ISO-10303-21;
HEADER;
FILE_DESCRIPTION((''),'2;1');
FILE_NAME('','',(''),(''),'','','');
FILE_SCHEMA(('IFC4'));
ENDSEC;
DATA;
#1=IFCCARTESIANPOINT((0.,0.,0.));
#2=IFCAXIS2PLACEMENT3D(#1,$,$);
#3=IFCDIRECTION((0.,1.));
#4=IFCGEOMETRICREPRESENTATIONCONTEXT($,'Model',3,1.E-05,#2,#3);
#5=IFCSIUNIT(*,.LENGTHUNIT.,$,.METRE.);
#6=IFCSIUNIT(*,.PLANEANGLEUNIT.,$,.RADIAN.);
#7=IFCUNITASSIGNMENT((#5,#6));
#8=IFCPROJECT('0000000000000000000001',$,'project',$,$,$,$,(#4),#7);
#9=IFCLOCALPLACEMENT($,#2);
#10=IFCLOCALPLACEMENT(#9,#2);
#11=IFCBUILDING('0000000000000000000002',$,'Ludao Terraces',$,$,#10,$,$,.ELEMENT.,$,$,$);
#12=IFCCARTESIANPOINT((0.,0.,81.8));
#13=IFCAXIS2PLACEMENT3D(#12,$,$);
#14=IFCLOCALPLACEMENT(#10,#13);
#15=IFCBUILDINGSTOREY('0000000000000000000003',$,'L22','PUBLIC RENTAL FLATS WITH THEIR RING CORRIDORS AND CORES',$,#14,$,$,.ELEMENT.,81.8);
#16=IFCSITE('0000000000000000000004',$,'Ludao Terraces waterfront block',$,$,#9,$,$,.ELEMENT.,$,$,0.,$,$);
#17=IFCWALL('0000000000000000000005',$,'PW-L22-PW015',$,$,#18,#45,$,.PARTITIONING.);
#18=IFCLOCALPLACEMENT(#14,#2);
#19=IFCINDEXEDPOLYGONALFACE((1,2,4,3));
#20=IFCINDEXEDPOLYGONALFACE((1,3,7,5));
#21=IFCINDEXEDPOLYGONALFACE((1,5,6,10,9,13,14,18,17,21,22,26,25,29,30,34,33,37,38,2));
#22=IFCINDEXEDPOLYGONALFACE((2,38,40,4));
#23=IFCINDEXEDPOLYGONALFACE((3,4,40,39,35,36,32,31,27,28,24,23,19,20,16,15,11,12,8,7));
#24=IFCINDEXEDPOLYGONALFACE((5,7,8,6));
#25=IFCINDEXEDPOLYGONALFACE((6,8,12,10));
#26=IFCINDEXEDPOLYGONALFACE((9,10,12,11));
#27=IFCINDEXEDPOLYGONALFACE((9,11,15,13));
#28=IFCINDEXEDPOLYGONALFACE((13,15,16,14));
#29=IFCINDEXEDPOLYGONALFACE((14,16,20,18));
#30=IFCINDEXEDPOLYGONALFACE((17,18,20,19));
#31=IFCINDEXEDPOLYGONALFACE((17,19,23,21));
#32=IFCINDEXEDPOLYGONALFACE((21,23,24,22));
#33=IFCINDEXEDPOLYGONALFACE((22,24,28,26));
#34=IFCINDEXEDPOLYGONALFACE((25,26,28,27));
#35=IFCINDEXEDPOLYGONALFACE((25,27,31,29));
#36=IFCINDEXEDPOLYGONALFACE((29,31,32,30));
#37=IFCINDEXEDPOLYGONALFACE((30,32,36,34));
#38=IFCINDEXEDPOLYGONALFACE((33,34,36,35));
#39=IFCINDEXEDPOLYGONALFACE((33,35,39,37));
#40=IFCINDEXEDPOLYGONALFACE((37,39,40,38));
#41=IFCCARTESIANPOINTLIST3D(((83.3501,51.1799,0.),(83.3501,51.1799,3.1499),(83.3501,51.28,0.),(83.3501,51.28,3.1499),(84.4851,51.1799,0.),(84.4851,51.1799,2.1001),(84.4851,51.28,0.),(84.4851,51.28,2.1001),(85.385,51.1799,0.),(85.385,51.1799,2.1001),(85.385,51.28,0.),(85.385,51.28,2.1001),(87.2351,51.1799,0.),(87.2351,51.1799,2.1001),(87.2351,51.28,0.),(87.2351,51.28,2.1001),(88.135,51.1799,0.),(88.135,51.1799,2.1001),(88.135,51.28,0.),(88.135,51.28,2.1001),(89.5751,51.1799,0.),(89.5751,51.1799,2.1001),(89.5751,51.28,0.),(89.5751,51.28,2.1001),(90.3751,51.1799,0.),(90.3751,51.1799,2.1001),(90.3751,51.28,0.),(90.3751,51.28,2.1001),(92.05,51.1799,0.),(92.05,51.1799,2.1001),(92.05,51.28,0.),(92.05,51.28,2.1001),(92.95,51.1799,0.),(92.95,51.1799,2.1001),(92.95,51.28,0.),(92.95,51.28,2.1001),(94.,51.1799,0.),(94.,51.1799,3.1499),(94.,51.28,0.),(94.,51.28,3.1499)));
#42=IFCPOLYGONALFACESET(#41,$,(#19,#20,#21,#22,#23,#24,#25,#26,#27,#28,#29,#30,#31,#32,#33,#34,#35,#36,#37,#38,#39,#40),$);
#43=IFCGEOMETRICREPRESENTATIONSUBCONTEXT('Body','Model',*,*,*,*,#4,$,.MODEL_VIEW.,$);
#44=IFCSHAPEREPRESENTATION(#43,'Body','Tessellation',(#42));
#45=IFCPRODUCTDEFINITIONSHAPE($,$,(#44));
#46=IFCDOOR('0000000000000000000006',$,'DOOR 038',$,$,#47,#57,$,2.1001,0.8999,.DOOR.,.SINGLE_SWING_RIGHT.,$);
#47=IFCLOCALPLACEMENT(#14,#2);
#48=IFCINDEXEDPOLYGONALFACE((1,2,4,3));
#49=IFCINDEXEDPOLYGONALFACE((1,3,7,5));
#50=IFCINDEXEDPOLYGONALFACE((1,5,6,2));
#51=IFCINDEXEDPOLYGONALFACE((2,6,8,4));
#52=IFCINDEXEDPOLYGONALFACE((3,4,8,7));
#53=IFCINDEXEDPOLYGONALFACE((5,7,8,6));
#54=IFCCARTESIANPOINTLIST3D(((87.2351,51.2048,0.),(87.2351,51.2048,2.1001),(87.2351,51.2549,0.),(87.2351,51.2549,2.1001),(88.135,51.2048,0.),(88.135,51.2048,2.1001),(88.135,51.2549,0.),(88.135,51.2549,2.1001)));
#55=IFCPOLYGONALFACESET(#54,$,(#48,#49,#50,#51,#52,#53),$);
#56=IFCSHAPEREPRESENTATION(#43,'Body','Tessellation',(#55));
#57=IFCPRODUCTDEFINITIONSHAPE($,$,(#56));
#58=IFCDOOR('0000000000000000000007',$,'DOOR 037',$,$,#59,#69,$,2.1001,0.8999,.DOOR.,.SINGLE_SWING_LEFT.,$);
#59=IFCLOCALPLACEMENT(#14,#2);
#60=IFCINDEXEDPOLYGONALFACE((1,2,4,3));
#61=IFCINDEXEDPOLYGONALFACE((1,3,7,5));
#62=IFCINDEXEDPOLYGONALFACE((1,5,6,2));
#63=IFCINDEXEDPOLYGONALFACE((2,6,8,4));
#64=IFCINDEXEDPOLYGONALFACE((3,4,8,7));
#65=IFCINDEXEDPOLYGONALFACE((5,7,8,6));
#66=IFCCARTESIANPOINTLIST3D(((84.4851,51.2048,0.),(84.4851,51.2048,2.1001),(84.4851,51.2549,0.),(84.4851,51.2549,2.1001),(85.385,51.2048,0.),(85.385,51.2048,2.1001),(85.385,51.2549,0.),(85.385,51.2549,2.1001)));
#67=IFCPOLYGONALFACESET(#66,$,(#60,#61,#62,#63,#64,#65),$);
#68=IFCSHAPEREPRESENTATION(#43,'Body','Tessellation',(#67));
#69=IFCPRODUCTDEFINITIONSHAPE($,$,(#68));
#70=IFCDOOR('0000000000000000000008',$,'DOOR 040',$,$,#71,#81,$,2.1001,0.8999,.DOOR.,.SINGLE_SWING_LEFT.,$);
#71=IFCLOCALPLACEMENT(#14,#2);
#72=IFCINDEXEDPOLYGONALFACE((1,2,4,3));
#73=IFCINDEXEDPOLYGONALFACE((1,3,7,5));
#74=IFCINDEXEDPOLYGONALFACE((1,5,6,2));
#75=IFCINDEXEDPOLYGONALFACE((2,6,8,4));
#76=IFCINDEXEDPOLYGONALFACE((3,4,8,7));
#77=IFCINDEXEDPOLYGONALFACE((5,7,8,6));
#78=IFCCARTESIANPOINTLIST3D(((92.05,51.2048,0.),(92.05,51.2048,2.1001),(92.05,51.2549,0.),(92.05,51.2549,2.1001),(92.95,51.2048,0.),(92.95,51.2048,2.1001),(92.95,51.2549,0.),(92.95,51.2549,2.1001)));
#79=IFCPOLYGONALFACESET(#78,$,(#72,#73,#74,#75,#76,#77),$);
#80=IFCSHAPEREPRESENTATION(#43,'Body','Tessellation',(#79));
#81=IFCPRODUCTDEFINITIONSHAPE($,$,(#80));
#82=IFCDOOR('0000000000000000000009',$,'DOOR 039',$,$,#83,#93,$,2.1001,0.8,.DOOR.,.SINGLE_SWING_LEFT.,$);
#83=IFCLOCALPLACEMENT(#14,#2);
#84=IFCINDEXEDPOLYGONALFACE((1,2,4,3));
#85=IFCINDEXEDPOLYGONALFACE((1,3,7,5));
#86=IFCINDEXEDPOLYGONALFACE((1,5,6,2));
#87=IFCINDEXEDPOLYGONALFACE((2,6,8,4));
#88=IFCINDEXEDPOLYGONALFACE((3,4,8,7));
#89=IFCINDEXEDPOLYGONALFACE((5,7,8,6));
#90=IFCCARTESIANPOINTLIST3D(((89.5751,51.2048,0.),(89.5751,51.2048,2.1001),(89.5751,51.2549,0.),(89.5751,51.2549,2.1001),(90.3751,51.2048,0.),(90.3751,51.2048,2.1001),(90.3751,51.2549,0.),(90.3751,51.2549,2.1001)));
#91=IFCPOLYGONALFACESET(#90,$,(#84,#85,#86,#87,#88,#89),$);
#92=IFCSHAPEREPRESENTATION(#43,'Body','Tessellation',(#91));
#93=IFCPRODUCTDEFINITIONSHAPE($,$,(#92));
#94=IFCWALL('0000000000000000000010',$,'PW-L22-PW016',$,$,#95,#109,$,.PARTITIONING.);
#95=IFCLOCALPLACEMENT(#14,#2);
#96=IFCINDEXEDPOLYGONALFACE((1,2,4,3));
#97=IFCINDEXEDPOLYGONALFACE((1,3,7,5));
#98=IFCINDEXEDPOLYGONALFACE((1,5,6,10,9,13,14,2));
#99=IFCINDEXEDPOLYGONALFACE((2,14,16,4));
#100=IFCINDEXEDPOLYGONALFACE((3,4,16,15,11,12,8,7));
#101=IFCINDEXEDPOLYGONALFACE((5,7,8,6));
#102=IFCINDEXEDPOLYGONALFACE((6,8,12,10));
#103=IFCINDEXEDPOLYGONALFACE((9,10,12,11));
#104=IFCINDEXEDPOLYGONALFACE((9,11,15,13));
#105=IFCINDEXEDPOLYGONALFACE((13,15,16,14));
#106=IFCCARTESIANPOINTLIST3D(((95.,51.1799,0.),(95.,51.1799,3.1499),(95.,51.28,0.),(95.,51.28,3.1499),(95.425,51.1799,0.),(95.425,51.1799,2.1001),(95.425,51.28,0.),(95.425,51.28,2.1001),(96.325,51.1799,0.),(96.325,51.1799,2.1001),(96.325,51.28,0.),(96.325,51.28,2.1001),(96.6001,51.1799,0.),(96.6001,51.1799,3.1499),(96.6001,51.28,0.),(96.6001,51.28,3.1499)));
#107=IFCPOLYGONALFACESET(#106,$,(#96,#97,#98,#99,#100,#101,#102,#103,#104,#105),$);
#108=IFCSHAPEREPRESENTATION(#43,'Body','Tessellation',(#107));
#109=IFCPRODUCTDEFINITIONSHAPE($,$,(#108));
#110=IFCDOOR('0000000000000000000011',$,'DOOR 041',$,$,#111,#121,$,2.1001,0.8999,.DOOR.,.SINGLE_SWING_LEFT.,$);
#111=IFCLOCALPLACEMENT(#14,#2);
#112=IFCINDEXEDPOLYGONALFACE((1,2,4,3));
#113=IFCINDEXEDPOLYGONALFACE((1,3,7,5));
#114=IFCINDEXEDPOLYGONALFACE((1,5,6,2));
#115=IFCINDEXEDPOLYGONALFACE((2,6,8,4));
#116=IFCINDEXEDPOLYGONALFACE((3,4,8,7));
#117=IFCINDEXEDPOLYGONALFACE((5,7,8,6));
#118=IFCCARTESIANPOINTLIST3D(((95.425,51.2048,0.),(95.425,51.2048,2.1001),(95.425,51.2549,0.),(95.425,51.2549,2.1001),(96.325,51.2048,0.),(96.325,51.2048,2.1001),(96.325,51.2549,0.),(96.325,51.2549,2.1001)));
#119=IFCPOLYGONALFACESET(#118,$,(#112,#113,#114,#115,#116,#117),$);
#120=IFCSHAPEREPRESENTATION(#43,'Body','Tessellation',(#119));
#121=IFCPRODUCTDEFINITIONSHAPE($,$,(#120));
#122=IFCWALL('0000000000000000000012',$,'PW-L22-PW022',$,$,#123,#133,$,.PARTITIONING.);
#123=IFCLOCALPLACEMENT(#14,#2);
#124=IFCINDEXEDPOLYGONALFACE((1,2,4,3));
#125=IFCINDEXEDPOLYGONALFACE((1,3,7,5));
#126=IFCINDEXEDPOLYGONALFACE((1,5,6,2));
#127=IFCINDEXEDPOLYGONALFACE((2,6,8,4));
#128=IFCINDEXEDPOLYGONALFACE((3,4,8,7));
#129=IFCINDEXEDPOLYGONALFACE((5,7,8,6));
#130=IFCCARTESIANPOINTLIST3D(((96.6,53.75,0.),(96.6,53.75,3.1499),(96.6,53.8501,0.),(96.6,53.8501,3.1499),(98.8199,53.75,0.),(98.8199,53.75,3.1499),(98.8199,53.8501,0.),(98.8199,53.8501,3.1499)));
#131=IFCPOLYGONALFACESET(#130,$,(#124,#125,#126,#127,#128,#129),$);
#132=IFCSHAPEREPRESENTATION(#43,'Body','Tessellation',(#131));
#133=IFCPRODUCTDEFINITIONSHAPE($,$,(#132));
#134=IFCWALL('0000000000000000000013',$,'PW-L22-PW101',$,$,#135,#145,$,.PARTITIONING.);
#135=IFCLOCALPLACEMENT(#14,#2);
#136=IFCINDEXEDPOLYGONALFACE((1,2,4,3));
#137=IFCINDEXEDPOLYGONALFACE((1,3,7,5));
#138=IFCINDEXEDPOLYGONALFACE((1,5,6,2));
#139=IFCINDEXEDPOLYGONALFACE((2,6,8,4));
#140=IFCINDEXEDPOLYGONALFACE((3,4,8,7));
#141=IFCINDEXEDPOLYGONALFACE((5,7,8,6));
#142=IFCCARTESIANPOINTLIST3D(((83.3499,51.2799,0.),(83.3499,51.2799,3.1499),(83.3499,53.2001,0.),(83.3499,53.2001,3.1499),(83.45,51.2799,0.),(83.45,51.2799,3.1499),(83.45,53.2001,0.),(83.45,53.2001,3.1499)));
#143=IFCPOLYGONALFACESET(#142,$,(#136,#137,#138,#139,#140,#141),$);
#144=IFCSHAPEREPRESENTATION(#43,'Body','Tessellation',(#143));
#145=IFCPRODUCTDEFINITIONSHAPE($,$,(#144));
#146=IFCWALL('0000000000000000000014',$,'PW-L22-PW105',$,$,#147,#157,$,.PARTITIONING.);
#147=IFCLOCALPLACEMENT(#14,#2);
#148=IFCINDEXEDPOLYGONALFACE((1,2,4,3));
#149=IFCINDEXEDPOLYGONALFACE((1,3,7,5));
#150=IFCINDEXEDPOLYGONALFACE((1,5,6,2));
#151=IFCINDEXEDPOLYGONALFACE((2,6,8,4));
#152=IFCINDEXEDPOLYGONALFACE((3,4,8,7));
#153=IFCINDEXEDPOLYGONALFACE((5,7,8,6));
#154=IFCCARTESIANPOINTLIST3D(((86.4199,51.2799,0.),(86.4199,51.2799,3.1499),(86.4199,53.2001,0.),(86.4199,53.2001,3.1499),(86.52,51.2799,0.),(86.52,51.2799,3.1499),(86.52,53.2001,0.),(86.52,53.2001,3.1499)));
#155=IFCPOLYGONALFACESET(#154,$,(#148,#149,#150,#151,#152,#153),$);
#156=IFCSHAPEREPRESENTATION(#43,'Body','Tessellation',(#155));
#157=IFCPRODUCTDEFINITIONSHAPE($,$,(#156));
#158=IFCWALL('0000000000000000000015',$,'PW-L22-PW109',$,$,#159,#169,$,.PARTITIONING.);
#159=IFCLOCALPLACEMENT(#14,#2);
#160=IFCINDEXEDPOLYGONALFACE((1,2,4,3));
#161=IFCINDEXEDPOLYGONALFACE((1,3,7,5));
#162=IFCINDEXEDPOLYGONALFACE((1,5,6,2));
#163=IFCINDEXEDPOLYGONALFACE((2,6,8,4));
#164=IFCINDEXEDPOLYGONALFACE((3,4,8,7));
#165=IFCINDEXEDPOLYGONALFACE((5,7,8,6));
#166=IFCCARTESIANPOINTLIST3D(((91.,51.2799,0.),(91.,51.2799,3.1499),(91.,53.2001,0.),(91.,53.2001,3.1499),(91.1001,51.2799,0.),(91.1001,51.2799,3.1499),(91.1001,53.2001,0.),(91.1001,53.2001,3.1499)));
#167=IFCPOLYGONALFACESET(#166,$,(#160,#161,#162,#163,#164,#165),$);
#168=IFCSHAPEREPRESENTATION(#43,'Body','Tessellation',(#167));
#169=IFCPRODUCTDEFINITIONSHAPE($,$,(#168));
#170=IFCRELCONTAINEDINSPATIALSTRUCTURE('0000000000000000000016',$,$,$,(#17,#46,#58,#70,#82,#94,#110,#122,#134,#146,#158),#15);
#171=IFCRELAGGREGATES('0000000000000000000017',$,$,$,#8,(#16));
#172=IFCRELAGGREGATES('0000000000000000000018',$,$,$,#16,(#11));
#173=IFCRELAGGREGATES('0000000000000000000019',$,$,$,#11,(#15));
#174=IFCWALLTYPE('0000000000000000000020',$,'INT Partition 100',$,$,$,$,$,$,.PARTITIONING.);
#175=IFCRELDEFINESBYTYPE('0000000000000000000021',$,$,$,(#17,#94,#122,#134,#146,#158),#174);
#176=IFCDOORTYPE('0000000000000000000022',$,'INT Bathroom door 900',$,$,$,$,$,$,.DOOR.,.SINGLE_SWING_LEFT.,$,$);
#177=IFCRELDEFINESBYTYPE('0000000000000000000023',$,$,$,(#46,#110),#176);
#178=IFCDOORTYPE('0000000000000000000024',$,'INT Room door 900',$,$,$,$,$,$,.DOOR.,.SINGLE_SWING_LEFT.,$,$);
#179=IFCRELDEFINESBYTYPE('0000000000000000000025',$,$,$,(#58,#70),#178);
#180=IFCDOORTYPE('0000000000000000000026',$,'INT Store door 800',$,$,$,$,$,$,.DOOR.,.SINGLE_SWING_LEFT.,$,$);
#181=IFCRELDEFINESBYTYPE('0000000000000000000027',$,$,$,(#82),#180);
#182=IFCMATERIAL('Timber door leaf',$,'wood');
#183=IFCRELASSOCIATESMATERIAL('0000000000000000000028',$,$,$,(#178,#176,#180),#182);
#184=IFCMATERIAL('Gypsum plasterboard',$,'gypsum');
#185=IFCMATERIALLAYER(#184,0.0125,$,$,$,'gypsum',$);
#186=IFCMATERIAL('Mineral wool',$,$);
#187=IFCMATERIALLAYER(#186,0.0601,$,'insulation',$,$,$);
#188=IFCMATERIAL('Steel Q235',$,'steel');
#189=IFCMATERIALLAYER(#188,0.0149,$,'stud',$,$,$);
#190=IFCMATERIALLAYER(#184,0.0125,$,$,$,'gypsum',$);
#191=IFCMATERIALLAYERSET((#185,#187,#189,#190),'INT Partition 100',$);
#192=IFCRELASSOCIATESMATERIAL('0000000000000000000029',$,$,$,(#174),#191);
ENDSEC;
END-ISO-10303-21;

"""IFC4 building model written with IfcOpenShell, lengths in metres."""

from ifc_helpers import new_model, si_unit, direction, frame, frame_2d, origin, place, context, subcontext, project, spatial, rectangle, extrude, material, layer, layer_set, type_object, element, fill, save


model = new_model("IFC4")

# Units and contexts
model_context = context("Model", 3, precision=1e-05, world=origin(), true_north=direction((0.0, 1.0)))
body_context = subcontext(model_context, "Body", "Model", "MODEL_VIEW")
ifc_project = project(units=[si_unit("LENGTHUNIT", "METRE"), si_unit("PLANEANGLEUNIT", "RADIAN")], contexts=[model_context])

# Site, building, storey
site_placement = place(None, origin())
site = spatial("IfcSite", under=ifc_project, at=site_placement, Name="Ludao Terraces waterfront block", CompositionType="ELEMENT", RefElevation=0.0)
building_placement = place(site_placement, origin())
building = spatial("IfcBuilding", under=site, at=building_placement, Name="Ludao Terraces", CompositionType="ELEMENT")
storey_placement = place(building_placement, frame((0.0, 0.0, 81.8)))
storey = spatial("IfcBuildingStorey", under=building, at=storey_placement, Name="L22", Description="PUBLIC RENTAL FLATS WITH THEIR RING CORRIDORS AND CORES", CompositionType="ELEMENT", Elevation=81.8)

# Shared definitions
ifc_material_1 = material(Name="Steel Q235", Category="steel")
ifc_material_2 = material(Name="Mineral wool")
ifc_material_3 = material(Name="Timber door leaf", Category="wood")
door_type_1 = type_object("IfcDoorType", Name="INT Room door 900", OperationType="SINGLE_SWING_LEFT", PredefinedType="DOOR", material=ifc_material_3)

# Shared definitions
ifc_material_4 = material(Name="Gypsum plasterboard", Category="gypsum")
ifc_layer_1 = layer(ifc_material_4, 0.0125, Category="gypsum")
ifc_layer_2 = layer(ifc_material_2, 0.0601, Name="insulation")
ifc_layer_3 = layer(ifc_material_1, 0.0149, Name="stud")
ifc_layer_4 = layer(ifc_material_4, 0.0125, Category="gypsum")
ifc_layer_set_1 = layer_set([ifc_layer_1, ifc_layer_2, ifc_layer_3, ifc_layer_4], Name="INT Partition 100")
wall_type_1 = type_object("IfcWallType", Name="INT Partition 100", PredefinedType="PARTITIONING", material=ifc_layer_set_1)

# Wall, openings, doors
wall_1_placement = place(storey_placement, frame((83.3501, 51.23, 0.0), z_axis=(0.0, 0.0, 1.0), x_axis=(1.0, 0.0, 0.0)))
wall_1 = element("IfcWall", 1, at=wall_1_placement, inside=storey, type_object=wall_type_1, Name="PW-L22-PW015", PredefinedType="PARTITIONING", context=body_context, shape_type="SweptSolid", body=[
    extrude(rectangle(XDim=10.6499, YDim=0.1001, at=frame_2d((5.325, 0.0))), origin(), (0.0, 0.0, 1.0), 3.1499),
])
opening_1_placement = place(wall_1_placement, frame((1.135, 0.0, 0.0)))
opening_1 = element("IfcOpeningElement", 2, at=opening_1_placement, cuts=wall_1, PredefinedType="OPENING", context=body_context, shape_type="SweptSolid", body=[
    extrude(rectangle(XDim=0.8999, YDim=2.1001, at=frame_2d((0.45, 1.05))), frame((0.0, 0.0601, 0.0), z_axis=(0.0, -1.0, 0.0), x_axis=(1.0, 0.0, 0.0)), (0.0, 0.0, 1.0), 0.1201),
])
opening_2_placement = place(wall_1_placement, frame((3.885, 0.0, 0.0)))
opening_2 = element("IfcOpeningElement", 3, at=opening_2_placement, cuts=wall_1, PredefinedType="OPENING", context=body_context, shape_type="SweptSolid", body=[
    extrude(rectangle(XDim=0.8999, YDim=2.1001, at=frame_2d((0.45, 1.05))), frame((0.0, 0.0601, 0.0), z_axis=(0.0, -1.0, 0.0), x_axis=(1.0, 0.0, 0.0)), (0.0, 0.0, 1.0), 0.1201),
])
opening_3_placement = place(wall_1_placement, frame((6.2251, 0.0, 0.0)))
opening_3 = element("IfcOpeningElement", 4, at=opening_3_placement, cuts=wall_1, PredefinedType="OPENING", context=body_context, shape_type="SweptSolid", body=[
    extrude(rectangle(XDim=0.8, YDim=2.1001, at=frame_2d((0.3999, 1.05))), frame((0.0, 0.0601, 0.0), z_axis=(0.0, -1.0, 0.0), x_axis=(1.0, 0.0, 0.0)), (0.0, 0.0, 1.0), 0.1201),
])
opening_4_placement = place(wall_1_placement, frame((8.7, 0.0, 0.0)))
opening_4 = element("IfcOpeningElement", 5, at=opening_4_placement, cuts=wall_1, PredefinedType="OPENING", context=body_context, shape_type="SweptSolid", body=[
    extrude(rectangle(XDim=0.8999, YDim=2.1001, at=frame_2d((0.45, 1.05))), frame((0.0, 0.0601, 0.0), z_axis=(0.0, -1.0, 0.0), x_axis=(1.0, 0.0, 0.0)), (0.0, 0.0, 1.0), 0.1201),
])
door_type_2 = type_object("IfcDoorType", Name="INT Bathroom door 900", OperationType="SINGLE_SWING_LEFT", PredefinedType="DOOR", material=ifc_material_3)
door_1_placement = place(opening_2_placement, origin())
door_1 = element("IfcDoor", 6, at=door_1_placement, inside=storey, type_object=door_type_2, Name="DOOR 038", OperationType="SINGLE_SWING_RIGHT", OverallHeight=2.1001, OverallWidth=0.8999, PredefinedType="DOOR", context=body_context, shape_type="SweptSolid", body=[
    extrude(rectangle(XDim=0.8999, YDim=2.1001, at=frame_2d((0.45, 1.05))), frame((0.0, 0.0249, 0.0), z_axis=(0.0, -1.0, 0.0), x_axis=(1.0, 0.0, 0.0)), (0.0, 0.0, 1.0), 0.05),
])
fill(opening_2, door_1)
door_2_placement = place(opening_1_placement, origin())
door_2 = element("IfcDoor", 7, at=door_2_placement, inside=storey, type_object=door_type_1, Name="DOOR 037", OperationType="SINGLE_SWING_LEFT", OverallHeight=2.1001, OverallWidth=0.8999, PredefinedType="DOOR", context=body_context, shape_type="SweptSolid", body=[
    extrude(rectangle(XDim=0.8999, YDim=2.1001, at=frame_2d((0.45, 1.05))), frame((0.0, 0.0249, 0.0), z_axis=(0.0, -1.0, 0.0), x_axis=(1.0, 0.0, 0.0)), (0.0, 0.0, 1.0), 0.05),
])
fill(opening_1, door_2)
door_3_placement = place(opening_4_placement, origin())
door_3 = element("IfcDoor", 8, at=door_3_placement, inside=storey, type_object=door_type_1, Name="DOOR 040", OperationType="SINGLE_SWING_LEFT", OverallHeight=2.1001, OverallWidth=0.8999, PredefinedType="DOOR", context=body_context, shape_type="SweptSolid", body=[
    extrude(rectangle(XDim=0.8999, YDim=2.1001, at=frame_2d((0.45, 1.05))), frame((0.0, 0.0249, 0.0), z_axis=(0.0, -1.0, 0.0), x_axis=(1.0, 0.0, 0.0)), (0.0, 0.0, 1.0), 0.05),
])
fill(opening_4, door_3)
door_type_3 = type_object("IfcDoorType", Name="INT Store door 800", OperationType="SINGLE_SWING_LEFT", PredefinedType="DOOR", material=ifc_material_3)
door_4_placement = place(opening_3_placement, origin())
door_4 = element("IfcDoor", 9, at=door_4_placement, inside=storey, type_object=door_type_3, Name="DOOR 039", OperationType="SINGLE_SWING_LEFT", OverallHeight=2.1001, OverallWidth=0.8, PredefinedType="DOOR", context=body_context, shape_type="SweptSolid", body=[
    extrude(rectangle(XDim=0.8, YDim=2.1001, at=frame_2d((0.3999, 1.05))), frame((0.0, 0.0249, 0.0), z_axis=(0.0, -1.0, 0.0), x_axis=(1.0, 0.0, 0.0)), (0.0, 0.0, 1.0), 0.05),
])
fill(opening_3, door_4)

# Wall, opening, door
wall_2_placement = place(storey_placement, frame((95.0, 51.23, 0.0), z_axis=(0.0, 0.0, 1.0), x_axis=(1.0, 0.0, 0.0)))
wall_2 = element("IfcWall", 10, at=wall_2_placement, inside=storey, type_object=wall_type_1, Name="PW-L22-PW016", PredefinedType="PARTITIONING", context=body_context, shape_type="SweptSolid", body=[
    extrude(rectangle(XDim=1.6001, YDim=0.1001, at=frame_2d((0.8, 0.0))), origin(), (0.0, 0.0, 1.0), 3.1499),
])
opening_5_placement = place(wall_2_placement, frame((0.425, 0.0, 0.0)))
opening_5 = element("IfcOpeningElement", 11, at=opening_5_placement, cuts=wall_2, PredefinedType="OPENING", context=body_context, shape_type="SweptSolid", body=[
    extrude(rectangle(XDim=0.8999, YDim=2.1001, at=frame_2d((0.45, 1.05))), frame((0.0, 0.0601, 0.0), z_axis=(0.0, -1.0, 0.0), x_axis=(1.0, 0.0, 0.0)), (0.0, 0.0, 1.0), 0.1201),
])
door_5_placement = place(opening_5_placement, origin())
door_5 = element("IfcDoor", 12, at=door_5_placement, inside=storey, type_object=door_type_2, Name="DOOR 041", OperationType="SINGLE_SWING_LEFT", OverallHeight=2.1001, OverallWidth=0.8999, PredefinedType="DOOR", context=body_context, shape_type="SweptSolid", body=[
    extrude(rectangle(XDim=0.8999, YDim=2.1001, at=frame_2d((0.45, 1.05))), frame((0.0, 0.0249, 0.0), z_axis=(0.0, -1.0, 0.0), x_axis=(1.0, 0.0, 0.0)), (0.0, 0.0, 1.0), 0.05),
])
fill(opening_5, door_5)

# Walls
wall_3_placement = place(storey_placement, frame((96.6001, 53.8, 0.0), z_axis=(0.0, 0.0, 1.0), x_axis=(1.0, 0.0, 0.0)))
element("IfcWall", 13, at=wall_3_placement, inside=storey, type_object=wall_type_1, Name="PW-L22-PW022", PredefinedType="PARTITIONING", context=body_context, shape_type="SweptSolid", body=[
    extrude(rectangle(XDim=2.22, YDim=0.1001, at=frame_2d((1.1099, 0.0))), origin(), (0.0, 0.0, 1.0), 3.1499),
])
for number, where, z_axis, x_axis, name in (
    (14, (83.3999, 51.28, 0.0), (0.0, 0.0, 1.0), (0.0, 1.0, 0.0), "PW-L22-PW101"),
    (15, (86.47, 51.28, 0.0), (0.0, 0.0, 1.0), (0.0, 1.0, 0.0), "PW-L22-PW105"),
    (16, (91.05, 51.28, 0.0), (0.0, 0.0, 1.0), (0.0, 1.0, 0.0), "PW-L22-PW109"),
):
    element("IfcWall", number, at=place(storey_placement, frame(where, z_axis=z_axis, x_axis=x_axis)), inside=storey, type_object=wall_type_1, Name=name, PredefinedType="PARTITIONING", context=body_context, shape_type="SweptSolid", body=[
        extrude(rectangle(XDim=1.9202, YDim=0.1001, at=frame_2d((0.96, 0.0))), origin(), (0.0, 0.0, 1.0), 3.1499),
    ])

save(model, "model.ifc")
